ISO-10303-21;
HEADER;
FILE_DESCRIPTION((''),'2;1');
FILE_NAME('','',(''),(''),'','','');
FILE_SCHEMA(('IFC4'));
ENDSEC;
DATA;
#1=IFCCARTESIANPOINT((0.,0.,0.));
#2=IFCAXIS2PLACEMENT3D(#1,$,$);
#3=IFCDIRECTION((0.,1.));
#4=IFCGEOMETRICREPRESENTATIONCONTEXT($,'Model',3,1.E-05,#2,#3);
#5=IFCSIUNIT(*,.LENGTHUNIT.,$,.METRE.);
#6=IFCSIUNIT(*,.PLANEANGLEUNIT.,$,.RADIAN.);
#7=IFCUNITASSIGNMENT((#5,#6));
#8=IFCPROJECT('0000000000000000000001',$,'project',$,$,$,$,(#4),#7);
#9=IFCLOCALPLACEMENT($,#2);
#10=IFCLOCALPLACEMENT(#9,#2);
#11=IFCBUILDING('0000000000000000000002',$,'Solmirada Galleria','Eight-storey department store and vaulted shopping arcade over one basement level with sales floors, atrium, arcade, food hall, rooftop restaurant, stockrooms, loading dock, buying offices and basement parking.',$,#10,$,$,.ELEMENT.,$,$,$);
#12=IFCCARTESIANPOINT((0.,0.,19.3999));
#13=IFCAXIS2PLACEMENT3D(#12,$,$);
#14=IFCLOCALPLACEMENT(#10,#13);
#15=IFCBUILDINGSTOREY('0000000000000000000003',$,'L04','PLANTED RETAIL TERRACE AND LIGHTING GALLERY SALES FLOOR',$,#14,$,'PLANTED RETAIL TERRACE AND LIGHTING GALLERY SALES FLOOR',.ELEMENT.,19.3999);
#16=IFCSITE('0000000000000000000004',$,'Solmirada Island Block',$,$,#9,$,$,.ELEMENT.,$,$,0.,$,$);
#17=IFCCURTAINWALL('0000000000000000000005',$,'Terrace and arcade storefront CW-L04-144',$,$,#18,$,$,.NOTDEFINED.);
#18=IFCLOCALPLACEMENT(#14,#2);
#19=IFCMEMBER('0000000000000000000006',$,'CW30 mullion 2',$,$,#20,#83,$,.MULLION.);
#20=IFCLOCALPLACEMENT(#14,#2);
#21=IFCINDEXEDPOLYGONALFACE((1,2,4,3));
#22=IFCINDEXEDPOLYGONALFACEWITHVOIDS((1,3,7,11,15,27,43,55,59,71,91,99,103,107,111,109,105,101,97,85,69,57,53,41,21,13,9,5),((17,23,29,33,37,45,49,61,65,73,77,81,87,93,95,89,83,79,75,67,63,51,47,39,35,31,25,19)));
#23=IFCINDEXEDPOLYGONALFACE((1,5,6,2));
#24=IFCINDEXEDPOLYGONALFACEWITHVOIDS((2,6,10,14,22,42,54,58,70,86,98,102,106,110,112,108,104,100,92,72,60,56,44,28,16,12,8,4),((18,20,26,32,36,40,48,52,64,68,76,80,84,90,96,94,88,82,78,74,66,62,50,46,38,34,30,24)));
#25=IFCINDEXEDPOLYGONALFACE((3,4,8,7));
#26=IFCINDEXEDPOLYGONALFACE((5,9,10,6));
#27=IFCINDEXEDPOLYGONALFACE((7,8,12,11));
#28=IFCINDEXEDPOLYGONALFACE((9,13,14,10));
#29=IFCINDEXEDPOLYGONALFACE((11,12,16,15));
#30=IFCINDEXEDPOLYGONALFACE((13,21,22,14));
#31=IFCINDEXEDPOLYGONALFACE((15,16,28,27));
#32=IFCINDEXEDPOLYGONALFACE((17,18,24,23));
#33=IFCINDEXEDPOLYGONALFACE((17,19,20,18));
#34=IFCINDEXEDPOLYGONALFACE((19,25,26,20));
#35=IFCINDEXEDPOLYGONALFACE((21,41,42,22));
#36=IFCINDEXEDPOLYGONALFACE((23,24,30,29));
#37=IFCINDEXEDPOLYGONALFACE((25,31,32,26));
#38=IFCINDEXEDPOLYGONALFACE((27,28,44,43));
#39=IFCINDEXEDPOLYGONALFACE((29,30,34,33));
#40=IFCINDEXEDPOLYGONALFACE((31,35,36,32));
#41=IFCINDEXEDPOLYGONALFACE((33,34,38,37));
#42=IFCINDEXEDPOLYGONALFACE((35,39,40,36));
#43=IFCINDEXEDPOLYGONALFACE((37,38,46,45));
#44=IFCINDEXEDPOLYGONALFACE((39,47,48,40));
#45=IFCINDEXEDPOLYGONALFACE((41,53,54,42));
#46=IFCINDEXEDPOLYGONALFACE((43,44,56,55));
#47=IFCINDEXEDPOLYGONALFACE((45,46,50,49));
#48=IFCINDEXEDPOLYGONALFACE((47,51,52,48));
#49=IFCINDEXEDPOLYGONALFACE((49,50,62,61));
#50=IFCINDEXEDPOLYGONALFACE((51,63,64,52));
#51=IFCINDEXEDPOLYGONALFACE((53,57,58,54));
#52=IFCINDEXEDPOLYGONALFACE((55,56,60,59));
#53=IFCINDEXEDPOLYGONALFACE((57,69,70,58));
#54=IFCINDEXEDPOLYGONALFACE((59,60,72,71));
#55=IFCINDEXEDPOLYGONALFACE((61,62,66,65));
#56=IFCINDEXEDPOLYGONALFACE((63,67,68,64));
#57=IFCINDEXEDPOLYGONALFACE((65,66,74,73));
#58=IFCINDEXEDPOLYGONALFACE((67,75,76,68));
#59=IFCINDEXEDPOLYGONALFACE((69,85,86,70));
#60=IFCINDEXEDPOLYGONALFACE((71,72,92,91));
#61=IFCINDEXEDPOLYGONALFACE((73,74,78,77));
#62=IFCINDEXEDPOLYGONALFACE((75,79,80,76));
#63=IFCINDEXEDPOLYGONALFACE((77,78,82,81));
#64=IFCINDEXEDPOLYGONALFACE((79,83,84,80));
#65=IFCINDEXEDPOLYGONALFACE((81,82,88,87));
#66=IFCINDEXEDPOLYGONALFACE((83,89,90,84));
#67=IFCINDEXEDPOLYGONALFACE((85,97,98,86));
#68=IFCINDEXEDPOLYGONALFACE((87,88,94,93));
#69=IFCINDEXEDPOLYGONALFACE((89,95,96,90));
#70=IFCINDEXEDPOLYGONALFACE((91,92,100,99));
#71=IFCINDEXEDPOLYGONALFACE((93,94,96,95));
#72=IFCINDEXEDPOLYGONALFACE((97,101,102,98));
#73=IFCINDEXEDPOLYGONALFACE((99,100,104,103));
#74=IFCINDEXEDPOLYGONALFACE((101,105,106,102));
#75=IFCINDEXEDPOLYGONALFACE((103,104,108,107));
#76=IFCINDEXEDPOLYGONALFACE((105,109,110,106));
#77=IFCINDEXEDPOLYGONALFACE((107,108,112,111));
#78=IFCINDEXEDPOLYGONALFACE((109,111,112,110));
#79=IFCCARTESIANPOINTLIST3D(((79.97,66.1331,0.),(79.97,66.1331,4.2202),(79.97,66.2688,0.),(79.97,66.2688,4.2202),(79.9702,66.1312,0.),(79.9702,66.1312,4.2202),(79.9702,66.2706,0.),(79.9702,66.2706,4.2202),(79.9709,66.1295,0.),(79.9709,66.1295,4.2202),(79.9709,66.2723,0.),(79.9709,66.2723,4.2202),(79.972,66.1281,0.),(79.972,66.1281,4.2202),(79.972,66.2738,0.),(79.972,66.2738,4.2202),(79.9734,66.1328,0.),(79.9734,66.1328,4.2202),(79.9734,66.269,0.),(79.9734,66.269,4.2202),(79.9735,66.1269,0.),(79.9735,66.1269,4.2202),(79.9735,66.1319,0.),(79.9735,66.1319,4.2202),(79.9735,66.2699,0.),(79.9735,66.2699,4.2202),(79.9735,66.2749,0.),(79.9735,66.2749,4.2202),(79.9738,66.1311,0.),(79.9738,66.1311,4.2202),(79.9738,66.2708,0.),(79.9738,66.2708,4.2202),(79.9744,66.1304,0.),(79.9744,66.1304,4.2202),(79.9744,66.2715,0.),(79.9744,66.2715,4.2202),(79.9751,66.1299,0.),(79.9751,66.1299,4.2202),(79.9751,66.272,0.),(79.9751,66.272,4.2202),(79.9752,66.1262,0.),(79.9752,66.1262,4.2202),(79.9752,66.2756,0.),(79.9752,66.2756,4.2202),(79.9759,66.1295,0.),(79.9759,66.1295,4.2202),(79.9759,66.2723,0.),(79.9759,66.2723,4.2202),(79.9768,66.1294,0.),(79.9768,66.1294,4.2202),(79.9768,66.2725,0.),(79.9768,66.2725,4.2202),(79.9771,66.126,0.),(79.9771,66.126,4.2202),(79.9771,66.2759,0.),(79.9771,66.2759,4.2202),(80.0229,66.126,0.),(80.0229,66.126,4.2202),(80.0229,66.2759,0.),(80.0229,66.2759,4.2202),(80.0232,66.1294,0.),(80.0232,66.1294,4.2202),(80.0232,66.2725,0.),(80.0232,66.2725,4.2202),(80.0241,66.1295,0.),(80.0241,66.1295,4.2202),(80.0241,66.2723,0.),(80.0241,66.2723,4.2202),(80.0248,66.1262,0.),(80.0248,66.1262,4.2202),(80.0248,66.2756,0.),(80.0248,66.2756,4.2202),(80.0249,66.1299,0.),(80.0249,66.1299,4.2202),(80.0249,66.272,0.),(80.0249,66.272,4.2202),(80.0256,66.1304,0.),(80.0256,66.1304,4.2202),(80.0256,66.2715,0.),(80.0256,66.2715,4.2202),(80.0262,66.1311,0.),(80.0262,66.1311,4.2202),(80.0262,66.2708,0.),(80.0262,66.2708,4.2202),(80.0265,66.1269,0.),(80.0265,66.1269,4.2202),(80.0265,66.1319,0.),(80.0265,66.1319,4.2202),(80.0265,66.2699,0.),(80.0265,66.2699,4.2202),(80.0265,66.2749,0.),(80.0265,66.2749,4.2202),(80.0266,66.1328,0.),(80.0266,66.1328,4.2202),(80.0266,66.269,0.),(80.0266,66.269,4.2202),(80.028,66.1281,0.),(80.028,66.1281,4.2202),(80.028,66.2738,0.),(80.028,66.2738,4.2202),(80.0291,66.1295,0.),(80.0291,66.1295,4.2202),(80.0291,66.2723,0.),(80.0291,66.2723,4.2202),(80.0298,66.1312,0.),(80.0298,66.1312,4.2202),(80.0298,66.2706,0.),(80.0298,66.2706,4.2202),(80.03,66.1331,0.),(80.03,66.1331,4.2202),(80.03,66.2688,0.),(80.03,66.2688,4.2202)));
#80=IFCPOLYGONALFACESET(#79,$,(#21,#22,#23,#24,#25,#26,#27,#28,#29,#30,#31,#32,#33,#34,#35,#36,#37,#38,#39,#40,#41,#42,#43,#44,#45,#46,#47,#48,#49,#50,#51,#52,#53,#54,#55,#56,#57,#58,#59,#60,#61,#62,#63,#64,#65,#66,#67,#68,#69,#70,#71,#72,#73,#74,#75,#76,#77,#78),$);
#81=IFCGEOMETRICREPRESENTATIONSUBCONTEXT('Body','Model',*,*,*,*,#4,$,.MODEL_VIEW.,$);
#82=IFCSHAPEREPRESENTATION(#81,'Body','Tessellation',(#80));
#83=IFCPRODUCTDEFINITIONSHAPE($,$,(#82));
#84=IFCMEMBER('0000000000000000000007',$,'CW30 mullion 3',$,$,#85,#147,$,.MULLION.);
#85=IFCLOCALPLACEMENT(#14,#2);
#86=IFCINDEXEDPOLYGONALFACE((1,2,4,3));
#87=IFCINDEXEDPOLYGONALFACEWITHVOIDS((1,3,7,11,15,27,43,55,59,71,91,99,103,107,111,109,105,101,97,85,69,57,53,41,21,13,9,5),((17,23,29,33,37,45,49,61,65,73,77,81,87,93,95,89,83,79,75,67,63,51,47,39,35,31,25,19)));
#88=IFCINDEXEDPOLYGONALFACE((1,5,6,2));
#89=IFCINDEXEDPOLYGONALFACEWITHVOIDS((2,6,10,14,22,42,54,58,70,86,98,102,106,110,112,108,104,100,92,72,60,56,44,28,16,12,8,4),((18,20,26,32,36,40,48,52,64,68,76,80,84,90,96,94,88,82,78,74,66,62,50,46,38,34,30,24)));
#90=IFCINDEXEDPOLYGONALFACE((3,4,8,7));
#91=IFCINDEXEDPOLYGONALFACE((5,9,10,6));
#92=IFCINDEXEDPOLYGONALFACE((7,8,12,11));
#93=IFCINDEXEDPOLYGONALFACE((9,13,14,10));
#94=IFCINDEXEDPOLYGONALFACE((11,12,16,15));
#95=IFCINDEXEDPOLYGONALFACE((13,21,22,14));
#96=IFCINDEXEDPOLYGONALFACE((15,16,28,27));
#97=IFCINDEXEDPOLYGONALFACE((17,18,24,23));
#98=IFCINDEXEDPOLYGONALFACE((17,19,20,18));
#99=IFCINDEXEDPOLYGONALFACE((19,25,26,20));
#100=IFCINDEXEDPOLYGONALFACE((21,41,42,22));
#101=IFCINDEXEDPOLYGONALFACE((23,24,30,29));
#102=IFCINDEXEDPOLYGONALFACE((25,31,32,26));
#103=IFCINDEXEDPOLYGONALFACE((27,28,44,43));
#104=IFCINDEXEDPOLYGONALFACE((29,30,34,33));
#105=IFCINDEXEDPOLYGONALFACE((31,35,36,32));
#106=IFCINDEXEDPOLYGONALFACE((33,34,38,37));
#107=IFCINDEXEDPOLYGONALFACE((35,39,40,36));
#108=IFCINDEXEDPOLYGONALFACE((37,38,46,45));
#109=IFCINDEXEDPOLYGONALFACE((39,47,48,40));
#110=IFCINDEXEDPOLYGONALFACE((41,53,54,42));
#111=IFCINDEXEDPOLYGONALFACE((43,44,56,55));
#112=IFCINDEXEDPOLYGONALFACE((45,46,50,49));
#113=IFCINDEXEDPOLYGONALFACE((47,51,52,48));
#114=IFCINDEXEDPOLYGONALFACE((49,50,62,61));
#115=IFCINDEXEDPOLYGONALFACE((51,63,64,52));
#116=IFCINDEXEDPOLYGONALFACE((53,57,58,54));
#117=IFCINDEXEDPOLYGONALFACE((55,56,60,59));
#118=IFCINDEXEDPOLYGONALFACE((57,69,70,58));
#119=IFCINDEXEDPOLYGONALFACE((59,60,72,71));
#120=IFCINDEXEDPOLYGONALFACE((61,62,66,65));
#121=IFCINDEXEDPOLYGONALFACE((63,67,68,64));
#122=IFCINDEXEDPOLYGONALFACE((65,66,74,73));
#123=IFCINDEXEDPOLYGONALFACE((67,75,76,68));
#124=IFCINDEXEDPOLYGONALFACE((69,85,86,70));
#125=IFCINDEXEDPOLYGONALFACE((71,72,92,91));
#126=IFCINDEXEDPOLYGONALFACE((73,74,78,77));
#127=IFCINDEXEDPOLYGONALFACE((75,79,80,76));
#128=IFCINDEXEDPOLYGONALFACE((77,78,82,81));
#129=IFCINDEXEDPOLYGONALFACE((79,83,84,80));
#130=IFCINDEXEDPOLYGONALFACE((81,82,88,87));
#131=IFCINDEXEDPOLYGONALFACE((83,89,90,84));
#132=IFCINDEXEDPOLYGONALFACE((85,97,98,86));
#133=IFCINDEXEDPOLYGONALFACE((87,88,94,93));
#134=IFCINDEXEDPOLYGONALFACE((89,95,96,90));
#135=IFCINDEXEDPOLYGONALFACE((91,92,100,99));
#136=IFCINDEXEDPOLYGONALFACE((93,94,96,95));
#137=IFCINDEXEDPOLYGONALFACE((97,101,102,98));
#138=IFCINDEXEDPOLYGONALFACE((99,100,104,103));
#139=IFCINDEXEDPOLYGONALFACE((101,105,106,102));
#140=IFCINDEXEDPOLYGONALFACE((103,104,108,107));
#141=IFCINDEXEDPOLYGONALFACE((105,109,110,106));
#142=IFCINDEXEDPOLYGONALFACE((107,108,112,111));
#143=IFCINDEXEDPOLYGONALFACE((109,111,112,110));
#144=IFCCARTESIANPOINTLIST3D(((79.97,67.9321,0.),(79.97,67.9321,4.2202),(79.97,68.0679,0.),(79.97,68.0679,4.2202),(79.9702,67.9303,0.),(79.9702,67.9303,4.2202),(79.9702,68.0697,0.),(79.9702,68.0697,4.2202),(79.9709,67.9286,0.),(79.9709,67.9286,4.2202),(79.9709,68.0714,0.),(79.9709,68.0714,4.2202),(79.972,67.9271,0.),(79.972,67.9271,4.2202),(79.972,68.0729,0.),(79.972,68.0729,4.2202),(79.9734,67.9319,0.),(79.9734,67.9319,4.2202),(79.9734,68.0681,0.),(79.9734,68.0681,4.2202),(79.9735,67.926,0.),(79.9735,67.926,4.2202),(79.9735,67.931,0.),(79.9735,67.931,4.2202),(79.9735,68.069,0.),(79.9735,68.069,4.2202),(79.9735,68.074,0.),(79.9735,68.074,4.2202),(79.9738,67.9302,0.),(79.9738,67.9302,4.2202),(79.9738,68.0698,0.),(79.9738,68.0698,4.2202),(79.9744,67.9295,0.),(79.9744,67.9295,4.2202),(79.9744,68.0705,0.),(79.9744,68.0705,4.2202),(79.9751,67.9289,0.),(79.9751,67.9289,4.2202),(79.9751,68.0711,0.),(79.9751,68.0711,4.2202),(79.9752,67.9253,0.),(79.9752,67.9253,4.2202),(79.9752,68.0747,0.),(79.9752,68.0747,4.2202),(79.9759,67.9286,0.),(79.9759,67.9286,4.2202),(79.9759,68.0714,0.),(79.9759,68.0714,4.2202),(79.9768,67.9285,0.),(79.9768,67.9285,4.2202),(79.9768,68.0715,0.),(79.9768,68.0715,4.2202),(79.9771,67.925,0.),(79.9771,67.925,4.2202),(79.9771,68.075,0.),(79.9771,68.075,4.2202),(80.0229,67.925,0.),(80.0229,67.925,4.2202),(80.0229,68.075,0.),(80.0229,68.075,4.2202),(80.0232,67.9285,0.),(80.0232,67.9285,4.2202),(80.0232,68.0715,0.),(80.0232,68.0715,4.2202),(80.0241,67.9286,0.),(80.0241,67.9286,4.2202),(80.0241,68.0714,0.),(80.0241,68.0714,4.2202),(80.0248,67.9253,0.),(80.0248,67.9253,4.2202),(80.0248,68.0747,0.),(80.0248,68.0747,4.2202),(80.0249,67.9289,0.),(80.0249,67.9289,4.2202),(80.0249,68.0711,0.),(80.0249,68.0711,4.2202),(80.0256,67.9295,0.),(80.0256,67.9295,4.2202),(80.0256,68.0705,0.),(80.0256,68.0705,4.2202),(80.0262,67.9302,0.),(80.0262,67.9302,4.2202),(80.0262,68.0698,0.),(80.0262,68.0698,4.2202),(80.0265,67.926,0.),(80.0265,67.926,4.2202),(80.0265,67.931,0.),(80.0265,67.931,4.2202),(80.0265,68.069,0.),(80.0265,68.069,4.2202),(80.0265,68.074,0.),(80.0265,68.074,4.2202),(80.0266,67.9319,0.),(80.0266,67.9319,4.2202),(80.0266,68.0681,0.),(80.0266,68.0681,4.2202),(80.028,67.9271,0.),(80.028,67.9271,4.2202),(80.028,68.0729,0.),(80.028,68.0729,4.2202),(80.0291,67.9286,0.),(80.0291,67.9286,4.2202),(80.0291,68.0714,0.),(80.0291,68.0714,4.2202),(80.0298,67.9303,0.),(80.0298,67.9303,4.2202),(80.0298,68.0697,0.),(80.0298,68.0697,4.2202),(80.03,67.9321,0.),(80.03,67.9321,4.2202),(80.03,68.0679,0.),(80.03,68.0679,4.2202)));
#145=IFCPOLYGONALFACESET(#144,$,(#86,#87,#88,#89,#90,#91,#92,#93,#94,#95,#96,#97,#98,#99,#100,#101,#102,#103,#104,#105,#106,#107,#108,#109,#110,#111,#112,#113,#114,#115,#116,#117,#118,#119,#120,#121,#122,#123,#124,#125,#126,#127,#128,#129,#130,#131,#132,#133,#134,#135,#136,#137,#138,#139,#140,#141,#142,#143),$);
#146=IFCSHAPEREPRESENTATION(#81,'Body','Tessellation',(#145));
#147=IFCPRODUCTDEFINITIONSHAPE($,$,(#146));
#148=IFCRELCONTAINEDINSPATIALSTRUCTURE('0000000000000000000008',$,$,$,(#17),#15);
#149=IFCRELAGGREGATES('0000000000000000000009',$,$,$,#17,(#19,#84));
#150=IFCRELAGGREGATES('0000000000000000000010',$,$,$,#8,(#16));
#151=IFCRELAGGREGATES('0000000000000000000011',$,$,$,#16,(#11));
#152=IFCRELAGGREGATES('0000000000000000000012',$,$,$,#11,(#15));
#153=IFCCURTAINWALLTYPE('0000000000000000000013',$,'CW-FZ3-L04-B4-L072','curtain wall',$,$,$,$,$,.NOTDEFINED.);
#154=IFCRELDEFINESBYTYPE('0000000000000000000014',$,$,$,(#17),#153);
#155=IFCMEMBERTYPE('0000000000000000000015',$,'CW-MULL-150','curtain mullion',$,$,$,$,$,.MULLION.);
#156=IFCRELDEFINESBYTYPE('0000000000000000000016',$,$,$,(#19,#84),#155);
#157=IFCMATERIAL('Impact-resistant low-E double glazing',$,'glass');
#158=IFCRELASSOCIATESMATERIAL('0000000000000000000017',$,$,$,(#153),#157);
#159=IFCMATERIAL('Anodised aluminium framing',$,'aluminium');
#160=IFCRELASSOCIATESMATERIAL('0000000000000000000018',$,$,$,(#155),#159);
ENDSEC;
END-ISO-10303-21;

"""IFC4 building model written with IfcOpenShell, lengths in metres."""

from ifc_helpers import new_model, si_unit, direction, frame, origin, origin_2d, place, context, subcontext, project, spatial, hollow_rectangle, extrude, material, material_profile, profile_set, type_object, element, aggregate, save


model = new_model("IFC4")

# Units and contexts
model_context = context("Model", 3, precision=1e-05, world=origin(), true_north=direction((0.0, 1.0)))
body_context = subcontext(model_context, "Body", "Model", "MODEL_VIEW")
ifc_project = project(units=[si_unit("LENGTHUNIT", "METRE"), si_unit("PLANEANGLEUNIT", "RADIAN")], contexts=[model_context])

# Site, building, storey
site_placement = place(None, origin())
site = spatial("IfcSite", under=ifc_project, at=site_placement, Name="Solmirada Island Block", CompositionType="ELEMENT", RefElevation=0.0)
building_placement = place(site_placement, origin())
building = spatial("IfcBuilding", under=site, at=building_placement, Name="Solmirada Galleria", Description="Eight-storey department store and vaulted shopping arcade over one basement level with sales floors, atrium, arcade, food hall, rooftop restaurant, stockrooms, loading dock, buying offices and basement parking.", CompositionType="ELEMENT")
storey_placement = place(building_placement, frame((0.0, 0.0, 19.3999)))
storey = spatial("IfcBuildingStorey", under=building, at=storey_placement, Name="L04", Description="PLANTED RETAIL TERRACE AND LIGHTING GALLERY SALES FLOOR", LongName="PLANTED RETAIL TERRACE AND LIGHTING GALLERY SALES FLOOR", CompositionType="ELEMENT", Elevation=19.3999)

# Shared definitions
ifc_material_1 = material(Name="Impact-resistant low-E double glazing", Category="glass")
curtain_wall_type = type_object("IfcCurtainWallType", Name="CW-FZ3-L04-B4-L072", Description="curtain wall", PredefinedType="NOTDEFINED", material=ifc_material_1)
ifc_material_2 = material(Name="Anodised aluminium framing", Category="aluminium")
ifc_material_profile_1 = material_profile(ifc_material_2, hollow_rectangle(XDim=0.0601, YDim=0.1499, WallThickness=0.0034, InnerFilletRadius=0.0034, OuterFilletRadius=0.0071, at=origin_2d()), Name="ALU-MULL-150X60")
ifc_profile_set_1 = profile_set([ifc_material_profile_1], Name="Anodised aluminium framing")
member_type_1 = type_object("IfcMemberType", Name="CW-MULL-150", Description="curtain mullion", PredefinedType="MULLION", material=ifc_profile_set_1)

# Curtain wall, members
curtain_wall_1_placement = place(storey_placement, origin())
curtain_wall_1 = element("IfcCurtainWall", 1, at=curtain_wall_1_placement, inside=storey, type_object=curtain_wall_type, Name="Terrace and arcade storefront CW-L04-144", PredefinedType="NOTDEFINED")
member_1_placement = place(storey_placement, frame((80.0, 66.2009, 0.0), z_axis=(0.0, 0.0, 1.0), x_axis=(-1.0, 0.0, 0.0)))
member_1 = element("IfcMember", 2, at=member_1_placement, type_object=member_type_1, Name="CW30 mullion 2", PredefinedType="MULLION", context=body_context, shape_type="SweptSolid", body=[
    extrude(hollow_rectangle(XDim=0.0601, YDim=0.1499, WallThickness=0.0034, InnerFilletRadius=0.0034, OuterFilletRadius=0.0071, at=origin_2d()), origin(), (0.0, 0.0, 1.0), 4.2202),
])
member_2_placement = place(storey_placement, frame((80.0, 68.0, 0.0), z_axis=(0.0, 0.0, 1.0), x_axis=(-1.0, 0.0, 0.0)))
member_2 = element("IfcMember", 3, at=member_2_placement, type_object=member_type_1, Name="CW30 mullion 3", PredefinedType="MULLION", context=body_context, shape_type="SweptSolid", body=[
    extrude(hollow_rectangle(XDim=0.0601, YDim=0.1499, WallThickness=0.0034, InnerFilletRadius=0.0034, OuterFilletRadius=0.0071, at=origin_2d()), origin(), (0.0, 0.0, 1.0), 4.2202),
])

aggregate(curtain_wall_1, [member_1, member_2])

save(model, "model.ifc")
